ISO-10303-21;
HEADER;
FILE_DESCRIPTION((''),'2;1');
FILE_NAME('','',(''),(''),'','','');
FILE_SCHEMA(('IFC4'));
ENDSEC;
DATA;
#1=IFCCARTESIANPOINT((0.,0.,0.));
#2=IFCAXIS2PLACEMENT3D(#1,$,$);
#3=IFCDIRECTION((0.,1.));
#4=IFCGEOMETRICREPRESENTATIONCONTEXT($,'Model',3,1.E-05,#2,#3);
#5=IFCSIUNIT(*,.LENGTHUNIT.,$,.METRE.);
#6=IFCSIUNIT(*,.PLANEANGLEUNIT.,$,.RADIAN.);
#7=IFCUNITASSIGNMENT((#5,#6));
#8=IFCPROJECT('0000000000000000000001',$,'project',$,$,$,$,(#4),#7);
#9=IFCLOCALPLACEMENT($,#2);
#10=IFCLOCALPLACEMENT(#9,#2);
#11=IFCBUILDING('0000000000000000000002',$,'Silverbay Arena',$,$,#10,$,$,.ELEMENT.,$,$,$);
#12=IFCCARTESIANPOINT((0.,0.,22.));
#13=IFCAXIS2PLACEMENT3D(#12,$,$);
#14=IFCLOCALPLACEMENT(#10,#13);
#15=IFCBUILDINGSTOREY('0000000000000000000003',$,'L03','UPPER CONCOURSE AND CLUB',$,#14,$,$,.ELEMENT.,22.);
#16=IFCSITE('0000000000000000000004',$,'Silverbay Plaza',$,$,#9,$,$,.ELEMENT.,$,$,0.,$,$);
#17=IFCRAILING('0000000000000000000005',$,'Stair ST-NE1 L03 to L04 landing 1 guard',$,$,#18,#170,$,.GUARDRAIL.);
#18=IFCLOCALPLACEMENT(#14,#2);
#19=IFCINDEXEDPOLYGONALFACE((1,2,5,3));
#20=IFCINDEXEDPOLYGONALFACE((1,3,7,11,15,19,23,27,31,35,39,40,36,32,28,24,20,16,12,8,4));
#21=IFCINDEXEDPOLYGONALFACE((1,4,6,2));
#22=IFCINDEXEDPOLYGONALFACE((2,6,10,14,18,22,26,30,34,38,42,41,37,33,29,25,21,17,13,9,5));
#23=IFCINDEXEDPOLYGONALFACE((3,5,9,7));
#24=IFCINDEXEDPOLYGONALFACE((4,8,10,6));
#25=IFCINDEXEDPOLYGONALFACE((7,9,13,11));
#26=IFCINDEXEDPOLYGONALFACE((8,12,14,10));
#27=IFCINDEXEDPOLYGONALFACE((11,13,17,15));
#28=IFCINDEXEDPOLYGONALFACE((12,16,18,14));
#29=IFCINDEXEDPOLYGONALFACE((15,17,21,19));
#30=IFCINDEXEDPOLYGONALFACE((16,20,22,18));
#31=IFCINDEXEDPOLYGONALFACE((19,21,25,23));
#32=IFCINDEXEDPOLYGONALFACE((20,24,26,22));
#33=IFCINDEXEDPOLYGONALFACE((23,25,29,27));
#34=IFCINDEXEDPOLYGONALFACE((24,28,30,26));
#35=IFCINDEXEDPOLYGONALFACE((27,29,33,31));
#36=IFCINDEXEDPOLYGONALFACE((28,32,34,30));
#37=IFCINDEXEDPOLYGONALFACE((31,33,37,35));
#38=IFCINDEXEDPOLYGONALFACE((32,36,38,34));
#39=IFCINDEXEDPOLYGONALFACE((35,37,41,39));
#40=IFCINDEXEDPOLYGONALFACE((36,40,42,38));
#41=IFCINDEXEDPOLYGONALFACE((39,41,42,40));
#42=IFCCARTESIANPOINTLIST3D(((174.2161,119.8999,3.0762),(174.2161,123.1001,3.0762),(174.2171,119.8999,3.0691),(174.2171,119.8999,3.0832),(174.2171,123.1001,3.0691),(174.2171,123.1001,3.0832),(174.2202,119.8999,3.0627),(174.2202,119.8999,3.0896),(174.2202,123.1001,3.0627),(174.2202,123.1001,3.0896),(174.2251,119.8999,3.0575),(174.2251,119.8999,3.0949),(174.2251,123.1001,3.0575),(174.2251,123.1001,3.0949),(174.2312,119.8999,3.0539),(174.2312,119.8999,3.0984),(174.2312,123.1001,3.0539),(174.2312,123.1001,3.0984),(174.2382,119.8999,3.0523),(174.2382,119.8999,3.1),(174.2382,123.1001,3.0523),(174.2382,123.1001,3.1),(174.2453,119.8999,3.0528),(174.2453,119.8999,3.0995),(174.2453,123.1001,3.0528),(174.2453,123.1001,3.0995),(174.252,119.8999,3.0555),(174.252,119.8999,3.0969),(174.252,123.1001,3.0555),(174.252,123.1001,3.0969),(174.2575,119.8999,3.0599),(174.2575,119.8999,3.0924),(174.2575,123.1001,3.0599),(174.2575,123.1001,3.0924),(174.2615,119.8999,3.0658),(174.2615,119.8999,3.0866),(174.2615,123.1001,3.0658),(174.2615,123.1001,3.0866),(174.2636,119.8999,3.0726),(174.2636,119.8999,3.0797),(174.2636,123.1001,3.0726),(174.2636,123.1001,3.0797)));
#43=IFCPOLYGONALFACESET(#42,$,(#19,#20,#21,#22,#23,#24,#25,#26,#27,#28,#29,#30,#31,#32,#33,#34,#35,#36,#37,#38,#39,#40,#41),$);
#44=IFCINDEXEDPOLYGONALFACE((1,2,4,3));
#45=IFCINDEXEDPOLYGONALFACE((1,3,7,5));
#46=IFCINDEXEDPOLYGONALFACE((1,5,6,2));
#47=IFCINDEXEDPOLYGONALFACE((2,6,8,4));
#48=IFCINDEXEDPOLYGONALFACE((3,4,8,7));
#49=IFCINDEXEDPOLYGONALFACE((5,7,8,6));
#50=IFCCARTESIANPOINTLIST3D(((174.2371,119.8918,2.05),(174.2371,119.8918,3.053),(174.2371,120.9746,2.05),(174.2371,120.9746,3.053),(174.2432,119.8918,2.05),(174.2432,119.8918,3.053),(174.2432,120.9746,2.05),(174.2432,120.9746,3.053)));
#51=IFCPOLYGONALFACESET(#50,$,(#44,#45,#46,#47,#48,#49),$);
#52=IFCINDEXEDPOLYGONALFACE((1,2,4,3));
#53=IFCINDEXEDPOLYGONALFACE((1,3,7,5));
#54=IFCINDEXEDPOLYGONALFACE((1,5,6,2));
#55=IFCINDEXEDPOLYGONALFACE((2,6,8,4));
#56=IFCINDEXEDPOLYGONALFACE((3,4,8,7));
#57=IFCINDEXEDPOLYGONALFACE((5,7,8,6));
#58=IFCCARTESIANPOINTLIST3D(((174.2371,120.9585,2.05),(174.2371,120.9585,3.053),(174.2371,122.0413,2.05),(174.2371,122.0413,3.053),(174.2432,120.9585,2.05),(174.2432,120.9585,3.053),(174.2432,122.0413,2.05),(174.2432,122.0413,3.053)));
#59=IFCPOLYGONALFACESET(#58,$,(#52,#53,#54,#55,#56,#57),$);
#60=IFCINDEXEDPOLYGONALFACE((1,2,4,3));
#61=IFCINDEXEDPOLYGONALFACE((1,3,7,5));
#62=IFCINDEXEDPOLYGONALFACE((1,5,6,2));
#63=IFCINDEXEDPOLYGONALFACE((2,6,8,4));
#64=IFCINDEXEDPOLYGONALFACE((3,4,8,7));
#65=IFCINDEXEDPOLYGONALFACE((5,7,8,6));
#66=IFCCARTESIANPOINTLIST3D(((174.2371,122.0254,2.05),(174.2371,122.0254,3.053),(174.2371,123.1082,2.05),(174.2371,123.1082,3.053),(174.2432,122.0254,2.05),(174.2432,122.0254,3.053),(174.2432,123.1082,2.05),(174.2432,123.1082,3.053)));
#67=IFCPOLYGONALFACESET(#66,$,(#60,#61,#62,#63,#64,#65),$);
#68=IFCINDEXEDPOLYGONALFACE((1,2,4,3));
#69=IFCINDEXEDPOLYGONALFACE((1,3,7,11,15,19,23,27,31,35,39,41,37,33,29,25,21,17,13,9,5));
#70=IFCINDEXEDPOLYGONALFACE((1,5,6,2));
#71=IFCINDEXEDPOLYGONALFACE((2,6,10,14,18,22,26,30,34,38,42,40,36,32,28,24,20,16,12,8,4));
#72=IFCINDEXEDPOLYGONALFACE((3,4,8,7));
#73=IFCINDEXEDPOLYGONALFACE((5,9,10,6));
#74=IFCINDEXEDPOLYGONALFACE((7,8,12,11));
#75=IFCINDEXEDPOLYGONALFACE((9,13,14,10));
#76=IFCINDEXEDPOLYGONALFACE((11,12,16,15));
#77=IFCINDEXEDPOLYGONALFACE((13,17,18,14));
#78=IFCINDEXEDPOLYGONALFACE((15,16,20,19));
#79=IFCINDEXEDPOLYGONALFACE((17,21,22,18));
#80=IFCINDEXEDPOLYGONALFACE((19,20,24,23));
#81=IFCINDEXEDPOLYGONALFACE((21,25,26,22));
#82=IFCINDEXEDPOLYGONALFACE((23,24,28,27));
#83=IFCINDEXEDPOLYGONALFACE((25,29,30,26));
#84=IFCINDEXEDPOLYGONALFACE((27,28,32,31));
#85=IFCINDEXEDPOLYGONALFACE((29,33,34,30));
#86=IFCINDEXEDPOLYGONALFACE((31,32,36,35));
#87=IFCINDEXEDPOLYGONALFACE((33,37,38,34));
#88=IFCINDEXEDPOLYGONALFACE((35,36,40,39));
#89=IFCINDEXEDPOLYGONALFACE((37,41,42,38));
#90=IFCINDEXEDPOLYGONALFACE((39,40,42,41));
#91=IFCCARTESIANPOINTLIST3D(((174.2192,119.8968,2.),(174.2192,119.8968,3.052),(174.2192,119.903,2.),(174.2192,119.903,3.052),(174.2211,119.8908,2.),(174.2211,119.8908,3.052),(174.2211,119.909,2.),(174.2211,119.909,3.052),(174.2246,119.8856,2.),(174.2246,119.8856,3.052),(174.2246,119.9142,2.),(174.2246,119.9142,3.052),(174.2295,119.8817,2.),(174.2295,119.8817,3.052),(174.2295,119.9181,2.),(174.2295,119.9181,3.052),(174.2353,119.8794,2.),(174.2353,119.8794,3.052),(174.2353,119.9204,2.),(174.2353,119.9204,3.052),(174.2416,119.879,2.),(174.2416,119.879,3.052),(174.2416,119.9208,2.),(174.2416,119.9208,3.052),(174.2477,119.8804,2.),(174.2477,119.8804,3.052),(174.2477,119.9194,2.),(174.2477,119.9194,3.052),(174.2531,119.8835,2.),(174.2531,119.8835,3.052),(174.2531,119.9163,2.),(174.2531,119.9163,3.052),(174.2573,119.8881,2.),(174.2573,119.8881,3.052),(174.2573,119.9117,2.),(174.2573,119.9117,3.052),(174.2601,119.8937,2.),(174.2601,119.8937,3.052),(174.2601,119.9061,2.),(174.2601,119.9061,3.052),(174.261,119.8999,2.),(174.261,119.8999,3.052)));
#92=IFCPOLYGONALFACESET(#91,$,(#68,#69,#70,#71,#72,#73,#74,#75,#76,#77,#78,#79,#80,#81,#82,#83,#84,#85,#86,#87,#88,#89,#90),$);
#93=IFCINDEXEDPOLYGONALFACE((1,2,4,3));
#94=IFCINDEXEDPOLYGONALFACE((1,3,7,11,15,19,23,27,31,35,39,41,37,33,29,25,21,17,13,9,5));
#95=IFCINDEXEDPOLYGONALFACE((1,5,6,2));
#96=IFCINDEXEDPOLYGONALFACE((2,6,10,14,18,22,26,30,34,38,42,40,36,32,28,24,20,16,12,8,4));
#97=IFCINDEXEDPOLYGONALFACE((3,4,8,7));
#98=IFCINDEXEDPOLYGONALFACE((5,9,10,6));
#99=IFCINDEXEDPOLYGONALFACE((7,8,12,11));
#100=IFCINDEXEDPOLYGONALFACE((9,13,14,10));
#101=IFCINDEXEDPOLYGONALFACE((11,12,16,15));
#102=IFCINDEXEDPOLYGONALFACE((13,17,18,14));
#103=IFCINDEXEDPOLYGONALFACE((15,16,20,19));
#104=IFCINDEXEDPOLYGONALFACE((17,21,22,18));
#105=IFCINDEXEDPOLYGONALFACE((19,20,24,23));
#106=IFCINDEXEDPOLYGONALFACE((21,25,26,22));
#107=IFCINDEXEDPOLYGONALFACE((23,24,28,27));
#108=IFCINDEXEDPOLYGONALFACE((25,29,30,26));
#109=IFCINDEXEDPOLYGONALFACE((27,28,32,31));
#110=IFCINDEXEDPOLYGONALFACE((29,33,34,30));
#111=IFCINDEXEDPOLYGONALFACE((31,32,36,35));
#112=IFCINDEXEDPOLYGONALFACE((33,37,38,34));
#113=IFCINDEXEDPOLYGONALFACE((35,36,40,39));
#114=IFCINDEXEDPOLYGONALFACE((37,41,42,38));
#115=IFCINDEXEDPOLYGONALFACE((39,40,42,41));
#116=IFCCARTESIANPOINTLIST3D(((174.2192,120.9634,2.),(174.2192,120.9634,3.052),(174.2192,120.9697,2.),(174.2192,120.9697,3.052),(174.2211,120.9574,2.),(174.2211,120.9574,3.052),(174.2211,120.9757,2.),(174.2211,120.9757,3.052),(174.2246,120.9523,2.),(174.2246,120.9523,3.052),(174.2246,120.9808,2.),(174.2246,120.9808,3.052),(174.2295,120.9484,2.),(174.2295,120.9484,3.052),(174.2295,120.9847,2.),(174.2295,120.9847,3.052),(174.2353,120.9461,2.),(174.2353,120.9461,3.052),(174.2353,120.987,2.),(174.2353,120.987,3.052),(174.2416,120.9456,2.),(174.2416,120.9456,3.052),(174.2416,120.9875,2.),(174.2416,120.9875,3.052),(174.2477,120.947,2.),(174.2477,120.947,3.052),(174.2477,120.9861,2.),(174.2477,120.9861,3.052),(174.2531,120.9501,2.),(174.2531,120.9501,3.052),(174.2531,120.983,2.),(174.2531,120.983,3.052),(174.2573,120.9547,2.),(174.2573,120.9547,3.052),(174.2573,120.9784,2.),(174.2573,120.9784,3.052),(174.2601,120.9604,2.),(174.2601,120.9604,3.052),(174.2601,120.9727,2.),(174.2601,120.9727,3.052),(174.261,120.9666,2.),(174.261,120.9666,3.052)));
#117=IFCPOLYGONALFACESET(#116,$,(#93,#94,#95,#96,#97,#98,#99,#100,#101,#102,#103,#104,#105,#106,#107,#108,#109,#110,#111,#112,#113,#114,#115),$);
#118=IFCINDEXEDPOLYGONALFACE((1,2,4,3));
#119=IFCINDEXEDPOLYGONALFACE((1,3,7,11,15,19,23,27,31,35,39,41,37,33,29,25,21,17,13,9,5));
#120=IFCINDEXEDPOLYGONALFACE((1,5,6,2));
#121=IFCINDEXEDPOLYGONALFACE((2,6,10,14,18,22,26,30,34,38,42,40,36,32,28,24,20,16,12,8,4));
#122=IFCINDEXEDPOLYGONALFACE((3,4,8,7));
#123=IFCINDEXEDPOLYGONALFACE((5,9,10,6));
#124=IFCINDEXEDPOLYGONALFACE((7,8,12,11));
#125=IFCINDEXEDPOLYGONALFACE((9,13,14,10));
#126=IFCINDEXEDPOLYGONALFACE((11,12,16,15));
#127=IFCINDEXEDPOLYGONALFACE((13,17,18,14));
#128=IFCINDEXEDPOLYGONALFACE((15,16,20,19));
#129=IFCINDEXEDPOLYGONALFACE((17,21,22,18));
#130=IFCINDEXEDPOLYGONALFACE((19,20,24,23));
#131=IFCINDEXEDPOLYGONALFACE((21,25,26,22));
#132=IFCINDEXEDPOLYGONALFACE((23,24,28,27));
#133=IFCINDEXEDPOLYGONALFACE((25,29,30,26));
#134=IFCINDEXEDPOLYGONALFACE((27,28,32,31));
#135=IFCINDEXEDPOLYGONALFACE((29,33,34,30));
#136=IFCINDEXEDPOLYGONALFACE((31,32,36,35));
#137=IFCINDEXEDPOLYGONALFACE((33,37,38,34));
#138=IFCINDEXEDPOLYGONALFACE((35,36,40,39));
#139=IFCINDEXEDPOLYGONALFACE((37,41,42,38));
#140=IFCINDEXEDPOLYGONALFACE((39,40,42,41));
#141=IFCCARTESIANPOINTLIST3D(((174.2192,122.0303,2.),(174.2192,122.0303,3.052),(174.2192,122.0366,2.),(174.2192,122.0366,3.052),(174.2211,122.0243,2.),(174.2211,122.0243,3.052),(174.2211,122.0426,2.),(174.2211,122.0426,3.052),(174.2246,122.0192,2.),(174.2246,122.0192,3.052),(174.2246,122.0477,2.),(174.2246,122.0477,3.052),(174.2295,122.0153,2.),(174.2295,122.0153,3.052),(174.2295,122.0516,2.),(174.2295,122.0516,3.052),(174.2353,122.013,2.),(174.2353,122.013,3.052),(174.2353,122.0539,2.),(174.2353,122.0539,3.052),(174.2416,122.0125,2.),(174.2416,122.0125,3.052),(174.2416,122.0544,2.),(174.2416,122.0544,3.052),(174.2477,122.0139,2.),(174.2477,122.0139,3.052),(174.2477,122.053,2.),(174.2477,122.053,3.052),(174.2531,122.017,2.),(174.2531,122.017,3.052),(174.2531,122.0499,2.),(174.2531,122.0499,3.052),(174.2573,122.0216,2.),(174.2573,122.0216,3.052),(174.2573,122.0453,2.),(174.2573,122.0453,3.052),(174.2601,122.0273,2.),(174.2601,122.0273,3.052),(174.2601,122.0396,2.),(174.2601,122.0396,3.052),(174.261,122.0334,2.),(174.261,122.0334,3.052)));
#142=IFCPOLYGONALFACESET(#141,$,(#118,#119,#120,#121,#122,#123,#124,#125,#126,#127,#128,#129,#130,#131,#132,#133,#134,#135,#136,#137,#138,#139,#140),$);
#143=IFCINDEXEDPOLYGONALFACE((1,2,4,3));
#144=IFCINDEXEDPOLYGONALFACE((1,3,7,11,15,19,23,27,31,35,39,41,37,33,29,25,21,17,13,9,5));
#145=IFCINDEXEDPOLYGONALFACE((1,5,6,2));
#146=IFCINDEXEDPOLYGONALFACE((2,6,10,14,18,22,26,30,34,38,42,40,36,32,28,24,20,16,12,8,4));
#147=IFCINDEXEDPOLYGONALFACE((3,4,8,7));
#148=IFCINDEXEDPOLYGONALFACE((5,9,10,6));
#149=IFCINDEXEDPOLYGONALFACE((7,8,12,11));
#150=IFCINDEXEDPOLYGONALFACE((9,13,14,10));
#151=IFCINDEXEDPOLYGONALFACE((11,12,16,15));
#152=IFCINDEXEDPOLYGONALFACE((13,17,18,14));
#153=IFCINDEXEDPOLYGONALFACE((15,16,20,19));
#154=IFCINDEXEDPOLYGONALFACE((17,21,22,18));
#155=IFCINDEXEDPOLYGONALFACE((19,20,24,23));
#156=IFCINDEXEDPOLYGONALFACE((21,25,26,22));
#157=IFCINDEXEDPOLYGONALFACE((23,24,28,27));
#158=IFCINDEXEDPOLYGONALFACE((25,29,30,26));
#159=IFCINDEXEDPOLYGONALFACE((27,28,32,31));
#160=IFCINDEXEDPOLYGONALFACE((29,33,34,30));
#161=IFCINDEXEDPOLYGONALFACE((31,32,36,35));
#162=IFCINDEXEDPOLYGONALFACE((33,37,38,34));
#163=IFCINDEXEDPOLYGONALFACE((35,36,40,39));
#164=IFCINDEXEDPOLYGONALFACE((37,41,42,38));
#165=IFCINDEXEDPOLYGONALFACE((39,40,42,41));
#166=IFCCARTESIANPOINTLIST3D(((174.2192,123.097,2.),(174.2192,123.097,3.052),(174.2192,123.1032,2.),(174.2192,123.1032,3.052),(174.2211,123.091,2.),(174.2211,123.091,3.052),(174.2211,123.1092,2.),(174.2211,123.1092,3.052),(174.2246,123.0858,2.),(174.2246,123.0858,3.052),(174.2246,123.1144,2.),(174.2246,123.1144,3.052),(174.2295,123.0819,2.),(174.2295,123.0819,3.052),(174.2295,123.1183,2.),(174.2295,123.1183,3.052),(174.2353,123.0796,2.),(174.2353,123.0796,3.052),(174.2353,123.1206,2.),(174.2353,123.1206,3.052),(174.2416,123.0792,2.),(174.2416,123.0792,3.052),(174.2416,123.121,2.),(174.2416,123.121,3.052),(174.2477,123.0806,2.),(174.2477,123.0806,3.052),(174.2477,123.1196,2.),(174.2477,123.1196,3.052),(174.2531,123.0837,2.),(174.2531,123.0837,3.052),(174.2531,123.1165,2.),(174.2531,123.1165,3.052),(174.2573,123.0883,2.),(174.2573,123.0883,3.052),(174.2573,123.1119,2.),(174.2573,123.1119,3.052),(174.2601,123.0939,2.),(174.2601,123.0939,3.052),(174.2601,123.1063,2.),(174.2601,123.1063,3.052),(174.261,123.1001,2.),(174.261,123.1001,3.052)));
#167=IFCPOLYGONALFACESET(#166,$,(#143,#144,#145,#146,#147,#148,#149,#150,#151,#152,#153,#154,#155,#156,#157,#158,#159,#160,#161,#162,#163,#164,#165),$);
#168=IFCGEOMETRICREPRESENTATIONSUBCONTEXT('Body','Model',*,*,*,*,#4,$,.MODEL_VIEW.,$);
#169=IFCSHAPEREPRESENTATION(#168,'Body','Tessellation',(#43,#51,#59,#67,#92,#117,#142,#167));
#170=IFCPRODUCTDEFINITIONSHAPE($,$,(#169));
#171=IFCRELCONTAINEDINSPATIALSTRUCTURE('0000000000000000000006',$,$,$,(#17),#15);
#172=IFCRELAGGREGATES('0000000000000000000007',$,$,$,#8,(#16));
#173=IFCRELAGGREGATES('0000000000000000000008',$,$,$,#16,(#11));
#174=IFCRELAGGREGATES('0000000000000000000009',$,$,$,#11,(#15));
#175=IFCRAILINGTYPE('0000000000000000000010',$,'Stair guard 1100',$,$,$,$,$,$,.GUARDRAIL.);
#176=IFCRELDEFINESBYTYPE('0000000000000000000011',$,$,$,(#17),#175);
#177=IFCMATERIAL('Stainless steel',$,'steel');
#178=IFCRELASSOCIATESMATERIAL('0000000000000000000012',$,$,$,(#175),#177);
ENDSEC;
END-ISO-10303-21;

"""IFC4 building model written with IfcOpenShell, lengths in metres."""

from ifc_helpers import new_model, si_unit, direction, frame, origin, origin_2d, place, context, subcontext, project, spatial, polyline, circle, outline, extrude, material, type_object, element, save


model = new_model("IFC4")

# Units and contexts
model_context = context("Model", 3, precision=1e-05, world=origin(), true_north=direction((0.0, 1.0)))
body_context = subcontext(model_context, "Body", "Model", "MODEL_VIEW")
ifc_project = project(units=[si_unit("LENGTHUNIT", "METRE"), si_unit("PLANEANGLEUNIT", "RADIAN")], contexts=[model_context])

# Site, building, storey
site_placement = place(None, origin())
site = spatial("IfcSite", under=ifc_project, at=site_placement, Name="Silverbay Plaza", CompositionType="ELEMENT", RefElevation=0.0)
building_placement = place(site_placement, origin())
building = spatial("IfcBuilding", under=site, at=building_placement, Name="Silverbay Arena", CompositionType="ELEMENT")
storey_placement = place(building_placement, frame((0.0, 0.0, 22.0)))
storey = spatial("IfcBuildingStorey", under=building, at=storey_placement, Name="L03", Description="UPPER CONCOURSE AND CLUB", CompositionType="ELEMENT", Elevation=22.0)

# Railing
ifc_material_1 = material(Name="Stainless steel", Category="steel")
railing_type_1 = type_object("IfcRailingType", Name="Stair guard 1100", PredefinedType="GUARDRAIL", material=ifc_material_1)
for number, where, name in (
    (1, (174.24, 119.8999, 2.0), "Stair ST-NE1 L03 to L04 landing 1 guard"),
):
    element("IfcRailing", number, at=place(storey_placement, frame(where)), inside=storey, type_object=railing_type_1, Name=name, PredefinedType="GUARDRAIL", context=body_context, shape_type="SweptSolid", body=[
        extrude(circle(Radius=0.0239, at=origin_2d()), frame((0.0, 0.0, 1.0762), z_axis=(0.0, 1.0, 0.0), x_axis=(-1.0, 0.0, 0.0)), (0.0, 0.0, 1.0), 3.2002),
        extrude(outline(polyline([(-0.0081, 0.05), (1.0747, 0.05), (1.0747, 1.053), (-0.0081, 1.053), (-0.0081, 0.05)])), frame((-0.0029, 0.0, 0.0), z_axis=(1.0, 0.0, 0.0), x_axis=(0.0, 1.0, 0.0)), (0.0, 0.0, 1.0), 0.0061),
        extrude(outline(polyline([(-0.0081, 0.05), (1.0747, 0.05), (1.0747, 1.053), (-0.0081, 1.053), (-0.0081, 0.05)])), frame((-0.0029, 1.0667, 0.0), z_axis=(1.0, 0.0, 0.0), x_axis=(0.0, 1.0, 0.0)), (0.0, 0.0, 1.0), 0.0061),
        extrude(outline(polyline([(-0.0081, 0.05), (1.0747, 0.05), (1.0747, 1.053), (-0.0081, 1.053), (-0.0081, 0.05)])), frame((-0.0029, 2.1335, 0.0), z_axis=(1.0, 0.0, 0.0), x_axis=(0.0, 1.0, 0.0)), (0.0, 0.0, 1.0), 0.0061),
        extrude(circle(Radius=0.021, at=origin_2d()), origin(), (0.0, 0.0, 1.0), 1.052),
        extrude(circle(Radius=0.021, at=origin_2d()), frame((0.0, 1.0667, 0.0)), (0.0, 0.0, 1.0), 1.052),
        extrude(circle(Radius=0.021, at=origin_2d()), frame((0.0, 2.1335, 0.0)), (0.0, 0.0, 1.0), 1.052),
        extrude(circle(Radius=0.021, at=origin_2d()), frame((0.0, 3.2002, 0.0)), (0.0, 0.0, 1.0), 1.052),
    ])

save(model, "model.ifc")
